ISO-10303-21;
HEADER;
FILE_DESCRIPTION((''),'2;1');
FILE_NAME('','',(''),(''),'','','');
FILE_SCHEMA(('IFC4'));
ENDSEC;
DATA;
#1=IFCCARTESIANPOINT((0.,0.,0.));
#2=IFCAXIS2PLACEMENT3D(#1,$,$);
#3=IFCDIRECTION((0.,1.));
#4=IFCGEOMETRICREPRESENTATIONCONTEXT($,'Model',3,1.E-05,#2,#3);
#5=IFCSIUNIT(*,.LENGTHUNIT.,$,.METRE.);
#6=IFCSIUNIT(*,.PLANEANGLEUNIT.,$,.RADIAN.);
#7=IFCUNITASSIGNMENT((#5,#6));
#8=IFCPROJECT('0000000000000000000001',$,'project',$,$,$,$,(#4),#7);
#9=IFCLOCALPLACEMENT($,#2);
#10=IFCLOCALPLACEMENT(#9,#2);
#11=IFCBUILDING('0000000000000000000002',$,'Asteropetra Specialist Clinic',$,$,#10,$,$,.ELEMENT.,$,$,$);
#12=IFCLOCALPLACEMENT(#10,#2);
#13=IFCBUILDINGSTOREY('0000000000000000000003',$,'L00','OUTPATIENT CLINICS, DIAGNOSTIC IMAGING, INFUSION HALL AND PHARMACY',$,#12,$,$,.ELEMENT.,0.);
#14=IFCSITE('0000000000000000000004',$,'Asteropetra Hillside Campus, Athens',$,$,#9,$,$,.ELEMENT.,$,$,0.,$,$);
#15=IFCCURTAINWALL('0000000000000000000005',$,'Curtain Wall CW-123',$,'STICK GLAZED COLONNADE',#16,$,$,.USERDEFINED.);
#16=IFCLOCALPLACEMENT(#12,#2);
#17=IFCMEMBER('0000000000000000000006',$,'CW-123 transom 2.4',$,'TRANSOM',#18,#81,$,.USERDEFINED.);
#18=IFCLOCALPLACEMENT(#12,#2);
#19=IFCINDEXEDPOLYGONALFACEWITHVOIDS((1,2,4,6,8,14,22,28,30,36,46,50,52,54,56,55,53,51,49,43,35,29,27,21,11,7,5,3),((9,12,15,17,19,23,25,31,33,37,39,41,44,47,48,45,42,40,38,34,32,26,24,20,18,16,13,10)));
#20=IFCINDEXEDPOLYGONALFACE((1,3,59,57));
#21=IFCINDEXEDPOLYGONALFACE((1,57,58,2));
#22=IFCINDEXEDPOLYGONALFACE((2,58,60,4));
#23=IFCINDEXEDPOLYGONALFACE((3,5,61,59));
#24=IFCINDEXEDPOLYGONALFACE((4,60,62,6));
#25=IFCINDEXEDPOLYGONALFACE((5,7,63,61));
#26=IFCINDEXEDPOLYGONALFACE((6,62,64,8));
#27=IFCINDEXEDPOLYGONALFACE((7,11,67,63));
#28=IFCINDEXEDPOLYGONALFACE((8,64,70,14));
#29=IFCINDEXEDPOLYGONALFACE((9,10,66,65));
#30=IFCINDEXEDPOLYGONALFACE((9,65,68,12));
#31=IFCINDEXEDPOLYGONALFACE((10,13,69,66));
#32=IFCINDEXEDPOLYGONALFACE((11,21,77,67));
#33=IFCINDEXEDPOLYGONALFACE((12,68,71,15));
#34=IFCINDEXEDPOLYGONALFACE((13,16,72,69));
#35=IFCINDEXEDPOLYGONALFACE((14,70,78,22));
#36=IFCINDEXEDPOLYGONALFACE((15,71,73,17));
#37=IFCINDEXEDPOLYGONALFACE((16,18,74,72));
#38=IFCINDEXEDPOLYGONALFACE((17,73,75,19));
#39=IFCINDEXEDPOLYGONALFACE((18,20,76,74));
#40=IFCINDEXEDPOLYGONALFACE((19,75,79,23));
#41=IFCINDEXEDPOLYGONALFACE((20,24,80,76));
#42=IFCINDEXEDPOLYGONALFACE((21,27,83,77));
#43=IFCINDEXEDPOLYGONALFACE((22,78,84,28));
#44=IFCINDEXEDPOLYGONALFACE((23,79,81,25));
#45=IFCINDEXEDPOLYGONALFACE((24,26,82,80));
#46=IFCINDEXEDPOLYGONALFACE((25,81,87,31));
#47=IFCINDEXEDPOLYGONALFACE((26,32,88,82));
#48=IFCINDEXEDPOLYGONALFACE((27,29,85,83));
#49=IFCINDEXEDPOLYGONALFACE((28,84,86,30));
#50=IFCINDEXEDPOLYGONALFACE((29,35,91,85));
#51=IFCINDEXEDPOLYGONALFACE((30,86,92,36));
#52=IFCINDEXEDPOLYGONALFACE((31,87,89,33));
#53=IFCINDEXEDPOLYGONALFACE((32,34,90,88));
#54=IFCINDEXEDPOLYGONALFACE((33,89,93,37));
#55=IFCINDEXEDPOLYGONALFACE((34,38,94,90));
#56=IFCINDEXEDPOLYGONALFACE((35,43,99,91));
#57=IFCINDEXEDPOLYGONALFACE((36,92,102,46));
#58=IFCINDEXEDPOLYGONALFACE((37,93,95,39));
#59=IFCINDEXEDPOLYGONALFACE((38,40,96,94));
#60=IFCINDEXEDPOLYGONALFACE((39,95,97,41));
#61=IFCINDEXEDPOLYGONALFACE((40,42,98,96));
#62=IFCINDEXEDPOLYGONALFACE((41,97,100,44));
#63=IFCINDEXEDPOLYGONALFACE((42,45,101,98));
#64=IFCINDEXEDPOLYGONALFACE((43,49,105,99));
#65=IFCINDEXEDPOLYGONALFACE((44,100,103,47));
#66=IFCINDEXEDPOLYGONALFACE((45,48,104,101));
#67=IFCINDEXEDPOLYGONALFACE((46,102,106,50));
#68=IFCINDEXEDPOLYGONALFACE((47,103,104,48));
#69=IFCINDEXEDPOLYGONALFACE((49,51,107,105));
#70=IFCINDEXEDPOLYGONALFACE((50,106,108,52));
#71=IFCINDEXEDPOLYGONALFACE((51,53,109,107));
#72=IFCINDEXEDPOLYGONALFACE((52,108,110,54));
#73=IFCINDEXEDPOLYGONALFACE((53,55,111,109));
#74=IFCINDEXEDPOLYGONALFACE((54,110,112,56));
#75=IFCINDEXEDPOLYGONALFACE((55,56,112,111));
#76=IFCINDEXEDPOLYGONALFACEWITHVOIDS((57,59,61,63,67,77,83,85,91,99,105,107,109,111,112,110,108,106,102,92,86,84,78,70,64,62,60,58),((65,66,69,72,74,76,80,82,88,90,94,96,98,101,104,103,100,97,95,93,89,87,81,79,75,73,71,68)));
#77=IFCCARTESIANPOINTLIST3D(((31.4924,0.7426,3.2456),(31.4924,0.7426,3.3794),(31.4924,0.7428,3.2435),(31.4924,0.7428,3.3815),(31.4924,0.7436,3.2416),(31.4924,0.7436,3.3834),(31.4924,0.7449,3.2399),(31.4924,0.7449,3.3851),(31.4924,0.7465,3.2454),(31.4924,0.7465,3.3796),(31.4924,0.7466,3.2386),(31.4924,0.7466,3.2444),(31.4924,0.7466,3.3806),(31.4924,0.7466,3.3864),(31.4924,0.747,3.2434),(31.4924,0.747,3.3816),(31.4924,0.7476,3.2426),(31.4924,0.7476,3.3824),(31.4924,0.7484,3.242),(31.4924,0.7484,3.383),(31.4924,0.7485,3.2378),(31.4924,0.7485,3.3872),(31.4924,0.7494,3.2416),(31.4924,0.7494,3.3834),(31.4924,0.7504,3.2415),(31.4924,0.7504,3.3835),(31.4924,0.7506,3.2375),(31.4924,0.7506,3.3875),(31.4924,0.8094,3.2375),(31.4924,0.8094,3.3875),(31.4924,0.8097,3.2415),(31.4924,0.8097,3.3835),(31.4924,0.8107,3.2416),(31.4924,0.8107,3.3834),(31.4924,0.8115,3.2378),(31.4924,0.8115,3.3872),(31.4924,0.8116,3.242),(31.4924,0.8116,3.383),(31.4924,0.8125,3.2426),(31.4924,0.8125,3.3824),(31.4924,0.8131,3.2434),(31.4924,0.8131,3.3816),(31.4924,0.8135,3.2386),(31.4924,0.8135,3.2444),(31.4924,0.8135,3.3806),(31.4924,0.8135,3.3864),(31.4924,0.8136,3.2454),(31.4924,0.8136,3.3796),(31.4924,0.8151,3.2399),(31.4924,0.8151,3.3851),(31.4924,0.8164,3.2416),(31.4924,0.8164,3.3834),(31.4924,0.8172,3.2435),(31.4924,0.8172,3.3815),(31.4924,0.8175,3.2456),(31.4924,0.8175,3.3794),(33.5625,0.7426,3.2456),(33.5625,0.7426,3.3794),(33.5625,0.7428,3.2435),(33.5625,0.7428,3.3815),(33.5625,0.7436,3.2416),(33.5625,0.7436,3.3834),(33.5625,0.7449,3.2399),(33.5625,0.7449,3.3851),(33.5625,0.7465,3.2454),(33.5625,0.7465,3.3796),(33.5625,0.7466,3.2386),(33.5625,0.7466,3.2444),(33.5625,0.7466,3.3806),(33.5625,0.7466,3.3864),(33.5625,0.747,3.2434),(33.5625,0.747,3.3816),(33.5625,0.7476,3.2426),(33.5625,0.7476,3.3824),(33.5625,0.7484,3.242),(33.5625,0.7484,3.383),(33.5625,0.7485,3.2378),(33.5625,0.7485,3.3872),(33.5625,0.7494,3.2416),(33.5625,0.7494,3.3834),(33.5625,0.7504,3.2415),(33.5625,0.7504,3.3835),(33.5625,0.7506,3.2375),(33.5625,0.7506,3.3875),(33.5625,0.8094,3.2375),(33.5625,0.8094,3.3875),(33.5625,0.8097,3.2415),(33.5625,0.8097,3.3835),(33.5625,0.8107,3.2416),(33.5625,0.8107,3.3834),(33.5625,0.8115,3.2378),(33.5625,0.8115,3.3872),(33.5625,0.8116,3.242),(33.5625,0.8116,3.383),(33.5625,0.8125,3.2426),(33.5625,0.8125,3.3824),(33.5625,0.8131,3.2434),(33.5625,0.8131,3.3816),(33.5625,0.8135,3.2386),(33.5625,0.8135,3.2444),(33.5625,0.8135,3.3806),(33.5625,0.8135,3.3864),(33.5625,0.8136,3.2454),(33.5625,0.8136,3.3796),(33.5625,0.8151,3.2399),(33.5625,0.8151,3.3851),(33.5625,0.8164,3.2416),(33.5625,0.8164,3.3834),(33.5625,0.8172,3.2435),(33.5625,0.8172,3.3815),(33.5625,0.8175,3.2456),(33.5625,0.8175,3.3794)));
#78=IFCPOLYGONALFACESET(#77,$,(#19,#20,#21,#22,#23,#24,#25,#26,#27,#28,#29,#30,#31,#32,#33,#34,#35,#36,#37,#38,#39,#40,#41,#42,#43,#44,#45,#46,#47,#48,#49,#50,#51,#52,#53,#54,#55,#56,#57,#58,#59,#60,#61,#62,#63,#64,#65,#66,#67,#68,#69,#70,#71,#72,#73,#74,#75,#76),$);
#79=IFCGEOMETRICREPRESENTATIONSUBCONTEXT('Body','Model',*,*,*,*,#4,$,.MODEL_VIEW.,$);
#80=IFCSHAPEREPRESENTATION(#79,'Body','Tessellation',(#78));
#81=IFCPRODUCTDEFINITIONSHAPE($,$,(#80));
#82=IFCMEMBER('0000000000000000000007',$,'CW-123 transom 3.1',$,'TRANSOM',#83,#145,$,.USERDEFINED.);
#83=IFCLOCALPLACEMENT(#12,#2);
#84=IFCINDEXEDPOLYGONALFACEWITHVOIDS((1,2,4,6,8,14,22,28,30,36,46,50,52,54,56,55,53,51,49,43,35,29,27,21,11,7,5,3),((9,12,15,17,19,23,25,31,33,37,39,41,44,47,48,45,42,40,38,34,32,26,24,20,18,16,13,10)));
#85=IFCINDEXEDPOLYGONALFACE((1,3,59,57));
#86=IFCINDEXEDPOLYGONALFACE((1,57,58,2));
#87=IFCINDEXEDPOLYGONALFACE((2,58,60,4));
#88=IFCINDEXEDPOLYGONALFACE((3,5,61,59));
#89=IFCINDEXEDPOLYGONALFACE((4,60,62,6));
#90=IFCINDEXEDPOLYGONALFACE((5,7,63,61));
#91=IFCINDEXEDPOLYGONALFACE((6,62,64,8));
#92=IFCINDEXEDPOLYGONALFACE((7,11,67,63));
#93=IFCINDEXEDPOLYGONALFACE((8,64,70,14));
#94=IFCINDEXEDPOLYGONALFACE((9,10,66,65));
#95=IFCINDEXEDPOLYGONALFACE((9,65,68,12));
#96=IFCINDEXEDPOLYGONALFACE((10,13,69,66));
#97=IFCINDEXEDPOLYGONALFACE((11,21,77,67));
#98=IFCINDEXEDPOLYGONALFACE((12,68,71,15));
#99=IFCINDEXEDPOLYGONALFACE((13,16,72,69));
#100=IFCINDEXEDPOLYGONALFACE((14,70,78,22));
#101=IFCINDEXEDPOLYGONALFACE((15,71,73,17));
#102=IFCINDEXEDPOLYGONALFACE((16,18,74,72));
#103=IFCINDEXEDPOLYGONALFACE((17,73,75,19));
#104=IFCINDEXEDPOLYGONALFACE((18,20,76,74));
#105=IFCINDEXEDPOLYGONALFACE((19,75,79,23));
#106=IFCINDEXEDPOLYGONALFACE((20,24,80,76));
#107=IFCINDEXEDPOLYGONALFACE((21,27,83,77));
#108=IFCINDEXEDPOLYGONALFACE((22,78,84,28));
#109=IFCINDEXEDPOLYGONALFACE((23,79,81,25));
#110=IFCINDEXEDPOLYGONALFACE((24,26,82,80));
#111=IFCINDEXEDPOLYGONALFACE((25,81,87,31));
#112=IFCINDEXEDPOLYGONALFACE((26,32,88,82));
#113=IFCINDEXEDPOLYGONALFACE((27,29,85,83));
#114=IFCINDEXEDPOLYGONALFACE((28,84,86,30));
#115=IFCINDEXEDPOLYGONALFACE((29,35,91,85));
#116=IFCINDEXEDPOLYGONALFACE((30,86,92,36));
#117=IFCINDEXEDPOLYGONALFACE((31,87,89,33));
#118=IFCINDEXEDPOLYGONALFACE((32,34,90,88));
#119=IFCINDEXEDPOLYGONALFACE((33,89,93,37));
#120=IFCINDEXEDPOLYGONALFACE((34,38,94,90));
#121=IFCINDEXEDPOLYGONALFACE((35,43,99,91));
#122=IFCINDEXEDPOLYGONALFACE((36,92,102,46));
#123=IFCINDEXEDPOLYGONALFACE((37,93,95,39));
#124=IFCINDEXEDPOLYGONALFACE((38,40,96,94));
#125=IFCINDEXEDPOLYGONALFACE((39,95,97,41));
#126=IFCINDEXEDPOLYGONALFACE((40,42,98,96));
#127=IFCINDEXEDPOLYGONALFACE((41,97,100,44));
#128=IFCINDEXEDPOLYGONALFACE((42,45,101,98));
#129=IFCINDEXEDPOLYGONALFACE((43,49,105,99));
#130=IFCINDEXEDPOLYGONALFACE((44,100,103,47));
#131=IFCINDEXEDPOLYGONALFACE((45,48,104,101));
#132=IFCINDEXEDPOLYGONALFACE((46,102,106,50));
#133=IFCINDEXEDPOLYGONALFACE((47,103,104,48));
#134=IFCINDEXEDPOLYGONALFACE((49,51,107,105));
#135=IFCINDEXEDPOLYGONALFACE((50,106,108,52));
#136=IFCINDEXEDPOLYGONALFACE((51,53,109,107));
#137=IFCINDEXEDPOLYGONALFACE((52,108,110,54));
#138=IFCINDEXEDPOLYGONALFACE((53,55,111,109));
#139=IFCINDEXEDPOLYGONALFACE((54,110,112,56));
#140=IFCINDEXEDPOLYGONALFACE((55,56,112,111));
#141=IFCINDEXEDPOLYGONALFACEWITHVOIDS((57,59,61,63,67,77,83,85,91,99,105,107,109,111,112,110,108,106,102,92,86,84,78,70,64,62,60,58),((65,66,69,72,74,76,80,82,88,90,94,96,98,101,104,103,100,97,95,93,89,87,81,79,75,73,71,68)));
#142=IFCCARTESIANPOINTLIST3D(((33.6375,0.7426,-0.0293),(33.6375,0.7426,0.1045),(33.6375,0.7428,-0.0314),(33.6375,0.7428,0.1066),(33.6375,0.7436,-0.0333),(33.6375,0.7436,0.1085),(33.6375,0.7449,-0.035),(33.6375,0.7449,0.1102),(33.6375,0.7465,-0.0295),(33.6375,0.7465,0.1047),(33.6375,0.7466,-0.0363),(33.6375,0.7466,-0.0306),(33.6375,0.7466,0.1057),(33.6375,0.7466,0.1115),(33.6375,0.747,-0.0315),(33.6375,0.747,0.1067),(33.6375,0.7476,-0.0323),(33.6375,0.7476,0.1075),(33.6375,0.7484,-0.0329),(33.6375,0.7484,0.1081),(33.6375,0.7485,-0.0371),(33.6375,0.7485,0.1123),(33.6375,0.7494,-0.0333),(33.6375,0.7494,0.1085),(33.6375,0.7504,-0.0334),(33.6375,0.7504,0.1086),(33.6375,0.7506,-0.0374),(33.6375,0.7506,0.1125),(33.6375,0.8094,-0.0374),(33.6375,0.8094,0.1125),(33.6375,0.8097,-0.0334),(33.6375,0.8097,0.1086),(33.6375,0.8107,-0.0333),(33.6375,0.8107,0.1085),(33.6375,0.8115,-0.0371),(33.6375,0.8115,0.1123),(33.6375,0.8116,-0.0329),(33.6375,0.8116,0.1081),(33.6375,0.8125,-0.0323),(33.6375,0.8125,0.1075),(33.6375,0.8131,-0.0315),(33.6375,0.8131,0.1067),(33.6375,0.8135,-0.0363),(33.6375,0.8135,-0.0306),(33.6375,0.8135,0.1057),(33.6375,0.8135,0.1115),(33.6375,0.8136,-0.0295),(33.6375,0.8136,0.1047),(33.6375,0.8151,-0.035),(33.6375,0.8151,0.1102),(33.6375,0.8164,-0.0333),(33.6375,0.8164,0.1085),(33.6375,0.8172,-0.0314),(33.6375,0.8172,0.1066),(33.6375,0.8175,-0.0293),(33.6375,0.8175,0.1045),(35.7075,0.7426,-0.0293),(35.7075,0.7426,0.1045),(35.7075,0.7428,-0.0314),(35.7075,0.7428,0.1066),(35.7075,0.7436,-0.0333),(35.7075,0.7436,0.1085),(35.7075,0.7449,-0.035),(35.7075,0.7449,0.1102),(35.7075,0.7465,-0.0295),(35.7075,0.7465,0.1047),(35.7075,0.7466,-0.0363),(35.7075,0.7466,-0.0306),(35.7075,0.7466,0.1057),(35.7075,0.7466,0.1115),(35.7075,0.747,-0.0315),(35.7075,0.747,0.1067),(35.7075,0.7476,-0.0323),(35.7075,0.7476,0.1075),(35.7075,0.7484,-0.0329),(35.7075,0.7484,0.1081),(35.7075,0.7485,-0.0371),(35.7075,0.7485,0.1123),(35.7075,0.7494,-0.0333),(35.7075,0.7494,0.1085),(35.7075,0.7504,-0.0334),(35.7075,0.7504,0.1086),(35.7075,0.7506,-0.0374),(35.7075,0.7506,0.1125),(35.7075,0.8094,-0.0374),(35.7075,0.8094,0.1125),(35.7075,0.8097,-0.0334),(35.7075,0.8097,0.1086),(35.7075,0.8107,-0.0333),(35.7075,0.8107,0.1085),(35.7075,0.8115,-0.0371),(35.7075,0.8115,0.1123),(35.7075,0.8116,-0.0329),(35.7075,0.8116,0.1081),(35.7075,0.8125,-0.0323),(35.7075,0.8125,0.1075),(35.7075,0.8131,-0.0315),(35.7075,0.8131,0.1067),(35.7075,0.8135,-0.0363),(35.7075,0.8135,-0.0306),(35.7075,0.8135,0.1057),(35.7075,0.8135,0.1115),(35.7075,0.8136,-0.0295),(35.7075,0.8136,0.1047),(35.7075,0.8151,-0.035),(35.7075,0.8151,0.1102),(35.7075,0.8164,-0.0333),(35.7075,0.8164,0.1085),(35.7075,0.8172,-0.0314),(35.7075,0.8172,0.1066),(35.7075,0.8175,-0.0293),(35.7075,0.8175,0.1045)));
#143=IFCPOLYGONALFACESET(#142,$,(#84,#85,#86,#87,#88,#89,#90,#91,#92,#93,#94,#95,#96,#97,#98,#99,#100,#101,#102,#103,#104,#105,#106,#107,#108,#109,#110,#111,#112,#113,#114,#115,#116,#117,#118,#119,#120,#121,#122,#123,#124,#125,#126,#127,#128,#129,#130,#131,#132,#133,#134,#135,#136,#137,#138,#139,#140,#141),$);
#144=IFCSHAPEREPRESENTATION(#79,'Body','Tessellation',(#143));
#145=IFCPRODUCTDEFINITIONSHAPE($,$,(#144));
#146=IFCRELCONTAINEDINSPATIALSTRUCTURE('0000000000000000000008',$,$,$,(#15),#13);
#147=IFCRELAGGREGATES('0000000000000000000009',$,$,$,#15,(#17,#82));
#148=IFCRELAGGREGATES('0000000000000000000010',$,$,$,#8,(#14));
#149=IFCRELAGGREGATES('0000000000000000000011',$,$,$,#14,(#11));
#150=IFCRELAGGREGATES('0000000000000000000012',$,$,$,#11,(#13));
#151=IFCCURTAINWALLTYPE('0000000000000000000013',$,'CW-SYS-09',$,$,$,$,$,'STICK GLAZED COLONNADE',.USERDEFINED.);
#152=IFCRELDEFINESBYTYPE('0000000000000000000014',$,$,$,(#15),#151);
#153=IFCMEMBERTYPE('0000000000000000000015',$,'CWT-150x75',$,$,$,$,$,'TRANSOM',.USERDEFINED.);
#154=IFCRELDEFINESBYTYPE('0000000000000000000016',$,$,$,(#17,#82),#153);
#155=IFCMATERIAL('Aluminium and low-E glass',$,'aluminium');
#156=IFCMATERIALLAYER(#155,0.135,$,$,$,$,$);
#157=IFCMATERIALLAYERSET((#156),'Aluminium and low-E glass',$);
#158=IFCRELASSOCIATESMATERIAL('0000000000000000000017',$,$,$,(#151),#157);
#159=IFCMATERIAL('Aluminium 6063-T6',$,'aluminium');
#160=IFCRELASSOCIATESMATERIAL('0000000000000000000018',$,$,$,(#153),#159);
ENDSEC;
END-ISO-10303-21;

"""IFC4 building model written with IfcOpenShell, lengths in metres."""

from ifc_helpers import new_model, si_unit, direction, frame, origin, origin_2d, place, context, subcontext, project, spatial, hollow_rectangle, extrude, material, layer, layer_set, material_profile, profile_set, type_object, element, aggregate, save


model = new_model("IFC4")

# Units and contexts
model_context = context("Model", 3, precision=1e-05, world=origin(), true_north=direction((0.0, 1.0)))
body_context = subcontext(model_context, "Body", "Model", "MODEL_VIEW")
ifc_project = project(units=[si_unit("LENGTHUNIT", "METRE"), si_unit("PLANEANGLEUNIT", "RADIAN")], contexts=[model_context])

# Site, building, storey
site_placement = place(None, origin())
site = spatial("IfcSite", under=ifc_project, at=site_placement, Name="Asteropetra Hillside Campus, Athens", CompositionType="ELEMENT", RefElevation=0.0)
building_placement = place(site_placement, origin())
building = spatial("IfcBuilding", under=site, at=building_placement, Name="Asteropetra Specialist Clinic", CompositionType="ELEMENT")
storey_placement = place(building_placement, origin())
storey = spatial("IfcBuildingStorey", under=building, at=storey_placement, Name="L00", Description="OUTPATIENT CLINICS, DIAGNOSTIC IMAGING, INFUSION HALL AND PHARMACY", CompositionType="ELEMENT", Elevation=0.0)

# Curtain wall
ifc_material_1 = material(Name="Aluminium and low-E glass", Category="aluminium")
ifc_layer_1 = layer(ifc_material_1, 0.135)
ifc_layer_set_1 = layer_set([ifc_layer_1], Name="Aluminium and low-E glass")
curtain_wall_type_1 = type_object("IfcCurtainWallType", Name="CW-SYS-09", ElementType="STICK GLAZED COLONNADE", PredefinedType="USERDEFINED", material=ifc_layer_set_1)
curtain_wall_1_placement = place(storey_placement, origin())
curtain_wall_1 = element("IfcCurtainWall", 1, at=curtain_wall_1_placement, inside=storey, type_object=curtain_wall_type_1, Name="Curtain Wall CW-123", ObjectType="STICK GLAZED COLONNADE", PredefinedType="USERDEFINED")

# Members
ifc_material_2 = material(Name="Aluminium 6063-T6", Category="aluminium")
ifc_material_profile_1 = material_profile(ifc_material_2, hollow_rectangle(XDim=0.075, YDim=0.1499, WallThickness=0.0039, InnerFilletRadius=0.0039, OuterFilletRadius=0.0081, at=origin_2d()), Name="TRN 150x75x4.0")
ifc_profile_set_1 = profile_set([ifc_material_profile_1], Name="Aluminium 6063-T6")
member_type_1 = type_object("IfcMemberType", Name="CWT-150x75", ElementType="TRANSOM", PredefinedType="USERDEFINED", material=ifc_profile_set_1)
member_1_placement = place(storey_placement, frame((31.4924, 0.78, 3.3125), z_axis=(1.0, 0.0, 0.0), x_axis=(0.0, 1.0, 0.0)))
member_1 = element("IfcMember", 2, at=member_1_placement, type_object=member_type_1, Name="CW-123 transom 2.4", ObjectType="TRANSOM", PredefinedType="USERDEFINED", context=body_context, shape_type="SweptSolid", body=[
    extrude(hollow_rectangle(XDim=0.075, YDim=0.1499, WallThickness=0.0039, InnerFilletRadius=0.0039, OuterFilletRadius=0.0081, at=origin_2d()), origin(), (0.0, 0.0, 1.0), 2.0701),
])
member_2_placement = place(storey_placement, frame((33.6375, 0.78, 0.0376), z_axis=(1.0, 0.0, 0.0), x_axis=(0.0, 1.0, 0.0)))
member_2 = element("IfcMember", 3, at=member_2_placement, type_object=member_type_1, Name="CW-123 transom 3.1", ObjectType="TRANSOM", PredefinedType="USERDEFINED", context=body_context, shape_type="SweptSolid", body=[
    extrude(hollow_rectangle(XDim=0.075, YDim=0.1499, WallThickness=0.0039, InnerFilletRadius=0.0039, OuterFilletRadius=0.0081, at=origin_2d()), origin(), (0.0, 0.0, 1.0), 2.0701),
])

aggregate(curtain_wall_1, [member_1, member_2])

save(model, "model.ifc")
